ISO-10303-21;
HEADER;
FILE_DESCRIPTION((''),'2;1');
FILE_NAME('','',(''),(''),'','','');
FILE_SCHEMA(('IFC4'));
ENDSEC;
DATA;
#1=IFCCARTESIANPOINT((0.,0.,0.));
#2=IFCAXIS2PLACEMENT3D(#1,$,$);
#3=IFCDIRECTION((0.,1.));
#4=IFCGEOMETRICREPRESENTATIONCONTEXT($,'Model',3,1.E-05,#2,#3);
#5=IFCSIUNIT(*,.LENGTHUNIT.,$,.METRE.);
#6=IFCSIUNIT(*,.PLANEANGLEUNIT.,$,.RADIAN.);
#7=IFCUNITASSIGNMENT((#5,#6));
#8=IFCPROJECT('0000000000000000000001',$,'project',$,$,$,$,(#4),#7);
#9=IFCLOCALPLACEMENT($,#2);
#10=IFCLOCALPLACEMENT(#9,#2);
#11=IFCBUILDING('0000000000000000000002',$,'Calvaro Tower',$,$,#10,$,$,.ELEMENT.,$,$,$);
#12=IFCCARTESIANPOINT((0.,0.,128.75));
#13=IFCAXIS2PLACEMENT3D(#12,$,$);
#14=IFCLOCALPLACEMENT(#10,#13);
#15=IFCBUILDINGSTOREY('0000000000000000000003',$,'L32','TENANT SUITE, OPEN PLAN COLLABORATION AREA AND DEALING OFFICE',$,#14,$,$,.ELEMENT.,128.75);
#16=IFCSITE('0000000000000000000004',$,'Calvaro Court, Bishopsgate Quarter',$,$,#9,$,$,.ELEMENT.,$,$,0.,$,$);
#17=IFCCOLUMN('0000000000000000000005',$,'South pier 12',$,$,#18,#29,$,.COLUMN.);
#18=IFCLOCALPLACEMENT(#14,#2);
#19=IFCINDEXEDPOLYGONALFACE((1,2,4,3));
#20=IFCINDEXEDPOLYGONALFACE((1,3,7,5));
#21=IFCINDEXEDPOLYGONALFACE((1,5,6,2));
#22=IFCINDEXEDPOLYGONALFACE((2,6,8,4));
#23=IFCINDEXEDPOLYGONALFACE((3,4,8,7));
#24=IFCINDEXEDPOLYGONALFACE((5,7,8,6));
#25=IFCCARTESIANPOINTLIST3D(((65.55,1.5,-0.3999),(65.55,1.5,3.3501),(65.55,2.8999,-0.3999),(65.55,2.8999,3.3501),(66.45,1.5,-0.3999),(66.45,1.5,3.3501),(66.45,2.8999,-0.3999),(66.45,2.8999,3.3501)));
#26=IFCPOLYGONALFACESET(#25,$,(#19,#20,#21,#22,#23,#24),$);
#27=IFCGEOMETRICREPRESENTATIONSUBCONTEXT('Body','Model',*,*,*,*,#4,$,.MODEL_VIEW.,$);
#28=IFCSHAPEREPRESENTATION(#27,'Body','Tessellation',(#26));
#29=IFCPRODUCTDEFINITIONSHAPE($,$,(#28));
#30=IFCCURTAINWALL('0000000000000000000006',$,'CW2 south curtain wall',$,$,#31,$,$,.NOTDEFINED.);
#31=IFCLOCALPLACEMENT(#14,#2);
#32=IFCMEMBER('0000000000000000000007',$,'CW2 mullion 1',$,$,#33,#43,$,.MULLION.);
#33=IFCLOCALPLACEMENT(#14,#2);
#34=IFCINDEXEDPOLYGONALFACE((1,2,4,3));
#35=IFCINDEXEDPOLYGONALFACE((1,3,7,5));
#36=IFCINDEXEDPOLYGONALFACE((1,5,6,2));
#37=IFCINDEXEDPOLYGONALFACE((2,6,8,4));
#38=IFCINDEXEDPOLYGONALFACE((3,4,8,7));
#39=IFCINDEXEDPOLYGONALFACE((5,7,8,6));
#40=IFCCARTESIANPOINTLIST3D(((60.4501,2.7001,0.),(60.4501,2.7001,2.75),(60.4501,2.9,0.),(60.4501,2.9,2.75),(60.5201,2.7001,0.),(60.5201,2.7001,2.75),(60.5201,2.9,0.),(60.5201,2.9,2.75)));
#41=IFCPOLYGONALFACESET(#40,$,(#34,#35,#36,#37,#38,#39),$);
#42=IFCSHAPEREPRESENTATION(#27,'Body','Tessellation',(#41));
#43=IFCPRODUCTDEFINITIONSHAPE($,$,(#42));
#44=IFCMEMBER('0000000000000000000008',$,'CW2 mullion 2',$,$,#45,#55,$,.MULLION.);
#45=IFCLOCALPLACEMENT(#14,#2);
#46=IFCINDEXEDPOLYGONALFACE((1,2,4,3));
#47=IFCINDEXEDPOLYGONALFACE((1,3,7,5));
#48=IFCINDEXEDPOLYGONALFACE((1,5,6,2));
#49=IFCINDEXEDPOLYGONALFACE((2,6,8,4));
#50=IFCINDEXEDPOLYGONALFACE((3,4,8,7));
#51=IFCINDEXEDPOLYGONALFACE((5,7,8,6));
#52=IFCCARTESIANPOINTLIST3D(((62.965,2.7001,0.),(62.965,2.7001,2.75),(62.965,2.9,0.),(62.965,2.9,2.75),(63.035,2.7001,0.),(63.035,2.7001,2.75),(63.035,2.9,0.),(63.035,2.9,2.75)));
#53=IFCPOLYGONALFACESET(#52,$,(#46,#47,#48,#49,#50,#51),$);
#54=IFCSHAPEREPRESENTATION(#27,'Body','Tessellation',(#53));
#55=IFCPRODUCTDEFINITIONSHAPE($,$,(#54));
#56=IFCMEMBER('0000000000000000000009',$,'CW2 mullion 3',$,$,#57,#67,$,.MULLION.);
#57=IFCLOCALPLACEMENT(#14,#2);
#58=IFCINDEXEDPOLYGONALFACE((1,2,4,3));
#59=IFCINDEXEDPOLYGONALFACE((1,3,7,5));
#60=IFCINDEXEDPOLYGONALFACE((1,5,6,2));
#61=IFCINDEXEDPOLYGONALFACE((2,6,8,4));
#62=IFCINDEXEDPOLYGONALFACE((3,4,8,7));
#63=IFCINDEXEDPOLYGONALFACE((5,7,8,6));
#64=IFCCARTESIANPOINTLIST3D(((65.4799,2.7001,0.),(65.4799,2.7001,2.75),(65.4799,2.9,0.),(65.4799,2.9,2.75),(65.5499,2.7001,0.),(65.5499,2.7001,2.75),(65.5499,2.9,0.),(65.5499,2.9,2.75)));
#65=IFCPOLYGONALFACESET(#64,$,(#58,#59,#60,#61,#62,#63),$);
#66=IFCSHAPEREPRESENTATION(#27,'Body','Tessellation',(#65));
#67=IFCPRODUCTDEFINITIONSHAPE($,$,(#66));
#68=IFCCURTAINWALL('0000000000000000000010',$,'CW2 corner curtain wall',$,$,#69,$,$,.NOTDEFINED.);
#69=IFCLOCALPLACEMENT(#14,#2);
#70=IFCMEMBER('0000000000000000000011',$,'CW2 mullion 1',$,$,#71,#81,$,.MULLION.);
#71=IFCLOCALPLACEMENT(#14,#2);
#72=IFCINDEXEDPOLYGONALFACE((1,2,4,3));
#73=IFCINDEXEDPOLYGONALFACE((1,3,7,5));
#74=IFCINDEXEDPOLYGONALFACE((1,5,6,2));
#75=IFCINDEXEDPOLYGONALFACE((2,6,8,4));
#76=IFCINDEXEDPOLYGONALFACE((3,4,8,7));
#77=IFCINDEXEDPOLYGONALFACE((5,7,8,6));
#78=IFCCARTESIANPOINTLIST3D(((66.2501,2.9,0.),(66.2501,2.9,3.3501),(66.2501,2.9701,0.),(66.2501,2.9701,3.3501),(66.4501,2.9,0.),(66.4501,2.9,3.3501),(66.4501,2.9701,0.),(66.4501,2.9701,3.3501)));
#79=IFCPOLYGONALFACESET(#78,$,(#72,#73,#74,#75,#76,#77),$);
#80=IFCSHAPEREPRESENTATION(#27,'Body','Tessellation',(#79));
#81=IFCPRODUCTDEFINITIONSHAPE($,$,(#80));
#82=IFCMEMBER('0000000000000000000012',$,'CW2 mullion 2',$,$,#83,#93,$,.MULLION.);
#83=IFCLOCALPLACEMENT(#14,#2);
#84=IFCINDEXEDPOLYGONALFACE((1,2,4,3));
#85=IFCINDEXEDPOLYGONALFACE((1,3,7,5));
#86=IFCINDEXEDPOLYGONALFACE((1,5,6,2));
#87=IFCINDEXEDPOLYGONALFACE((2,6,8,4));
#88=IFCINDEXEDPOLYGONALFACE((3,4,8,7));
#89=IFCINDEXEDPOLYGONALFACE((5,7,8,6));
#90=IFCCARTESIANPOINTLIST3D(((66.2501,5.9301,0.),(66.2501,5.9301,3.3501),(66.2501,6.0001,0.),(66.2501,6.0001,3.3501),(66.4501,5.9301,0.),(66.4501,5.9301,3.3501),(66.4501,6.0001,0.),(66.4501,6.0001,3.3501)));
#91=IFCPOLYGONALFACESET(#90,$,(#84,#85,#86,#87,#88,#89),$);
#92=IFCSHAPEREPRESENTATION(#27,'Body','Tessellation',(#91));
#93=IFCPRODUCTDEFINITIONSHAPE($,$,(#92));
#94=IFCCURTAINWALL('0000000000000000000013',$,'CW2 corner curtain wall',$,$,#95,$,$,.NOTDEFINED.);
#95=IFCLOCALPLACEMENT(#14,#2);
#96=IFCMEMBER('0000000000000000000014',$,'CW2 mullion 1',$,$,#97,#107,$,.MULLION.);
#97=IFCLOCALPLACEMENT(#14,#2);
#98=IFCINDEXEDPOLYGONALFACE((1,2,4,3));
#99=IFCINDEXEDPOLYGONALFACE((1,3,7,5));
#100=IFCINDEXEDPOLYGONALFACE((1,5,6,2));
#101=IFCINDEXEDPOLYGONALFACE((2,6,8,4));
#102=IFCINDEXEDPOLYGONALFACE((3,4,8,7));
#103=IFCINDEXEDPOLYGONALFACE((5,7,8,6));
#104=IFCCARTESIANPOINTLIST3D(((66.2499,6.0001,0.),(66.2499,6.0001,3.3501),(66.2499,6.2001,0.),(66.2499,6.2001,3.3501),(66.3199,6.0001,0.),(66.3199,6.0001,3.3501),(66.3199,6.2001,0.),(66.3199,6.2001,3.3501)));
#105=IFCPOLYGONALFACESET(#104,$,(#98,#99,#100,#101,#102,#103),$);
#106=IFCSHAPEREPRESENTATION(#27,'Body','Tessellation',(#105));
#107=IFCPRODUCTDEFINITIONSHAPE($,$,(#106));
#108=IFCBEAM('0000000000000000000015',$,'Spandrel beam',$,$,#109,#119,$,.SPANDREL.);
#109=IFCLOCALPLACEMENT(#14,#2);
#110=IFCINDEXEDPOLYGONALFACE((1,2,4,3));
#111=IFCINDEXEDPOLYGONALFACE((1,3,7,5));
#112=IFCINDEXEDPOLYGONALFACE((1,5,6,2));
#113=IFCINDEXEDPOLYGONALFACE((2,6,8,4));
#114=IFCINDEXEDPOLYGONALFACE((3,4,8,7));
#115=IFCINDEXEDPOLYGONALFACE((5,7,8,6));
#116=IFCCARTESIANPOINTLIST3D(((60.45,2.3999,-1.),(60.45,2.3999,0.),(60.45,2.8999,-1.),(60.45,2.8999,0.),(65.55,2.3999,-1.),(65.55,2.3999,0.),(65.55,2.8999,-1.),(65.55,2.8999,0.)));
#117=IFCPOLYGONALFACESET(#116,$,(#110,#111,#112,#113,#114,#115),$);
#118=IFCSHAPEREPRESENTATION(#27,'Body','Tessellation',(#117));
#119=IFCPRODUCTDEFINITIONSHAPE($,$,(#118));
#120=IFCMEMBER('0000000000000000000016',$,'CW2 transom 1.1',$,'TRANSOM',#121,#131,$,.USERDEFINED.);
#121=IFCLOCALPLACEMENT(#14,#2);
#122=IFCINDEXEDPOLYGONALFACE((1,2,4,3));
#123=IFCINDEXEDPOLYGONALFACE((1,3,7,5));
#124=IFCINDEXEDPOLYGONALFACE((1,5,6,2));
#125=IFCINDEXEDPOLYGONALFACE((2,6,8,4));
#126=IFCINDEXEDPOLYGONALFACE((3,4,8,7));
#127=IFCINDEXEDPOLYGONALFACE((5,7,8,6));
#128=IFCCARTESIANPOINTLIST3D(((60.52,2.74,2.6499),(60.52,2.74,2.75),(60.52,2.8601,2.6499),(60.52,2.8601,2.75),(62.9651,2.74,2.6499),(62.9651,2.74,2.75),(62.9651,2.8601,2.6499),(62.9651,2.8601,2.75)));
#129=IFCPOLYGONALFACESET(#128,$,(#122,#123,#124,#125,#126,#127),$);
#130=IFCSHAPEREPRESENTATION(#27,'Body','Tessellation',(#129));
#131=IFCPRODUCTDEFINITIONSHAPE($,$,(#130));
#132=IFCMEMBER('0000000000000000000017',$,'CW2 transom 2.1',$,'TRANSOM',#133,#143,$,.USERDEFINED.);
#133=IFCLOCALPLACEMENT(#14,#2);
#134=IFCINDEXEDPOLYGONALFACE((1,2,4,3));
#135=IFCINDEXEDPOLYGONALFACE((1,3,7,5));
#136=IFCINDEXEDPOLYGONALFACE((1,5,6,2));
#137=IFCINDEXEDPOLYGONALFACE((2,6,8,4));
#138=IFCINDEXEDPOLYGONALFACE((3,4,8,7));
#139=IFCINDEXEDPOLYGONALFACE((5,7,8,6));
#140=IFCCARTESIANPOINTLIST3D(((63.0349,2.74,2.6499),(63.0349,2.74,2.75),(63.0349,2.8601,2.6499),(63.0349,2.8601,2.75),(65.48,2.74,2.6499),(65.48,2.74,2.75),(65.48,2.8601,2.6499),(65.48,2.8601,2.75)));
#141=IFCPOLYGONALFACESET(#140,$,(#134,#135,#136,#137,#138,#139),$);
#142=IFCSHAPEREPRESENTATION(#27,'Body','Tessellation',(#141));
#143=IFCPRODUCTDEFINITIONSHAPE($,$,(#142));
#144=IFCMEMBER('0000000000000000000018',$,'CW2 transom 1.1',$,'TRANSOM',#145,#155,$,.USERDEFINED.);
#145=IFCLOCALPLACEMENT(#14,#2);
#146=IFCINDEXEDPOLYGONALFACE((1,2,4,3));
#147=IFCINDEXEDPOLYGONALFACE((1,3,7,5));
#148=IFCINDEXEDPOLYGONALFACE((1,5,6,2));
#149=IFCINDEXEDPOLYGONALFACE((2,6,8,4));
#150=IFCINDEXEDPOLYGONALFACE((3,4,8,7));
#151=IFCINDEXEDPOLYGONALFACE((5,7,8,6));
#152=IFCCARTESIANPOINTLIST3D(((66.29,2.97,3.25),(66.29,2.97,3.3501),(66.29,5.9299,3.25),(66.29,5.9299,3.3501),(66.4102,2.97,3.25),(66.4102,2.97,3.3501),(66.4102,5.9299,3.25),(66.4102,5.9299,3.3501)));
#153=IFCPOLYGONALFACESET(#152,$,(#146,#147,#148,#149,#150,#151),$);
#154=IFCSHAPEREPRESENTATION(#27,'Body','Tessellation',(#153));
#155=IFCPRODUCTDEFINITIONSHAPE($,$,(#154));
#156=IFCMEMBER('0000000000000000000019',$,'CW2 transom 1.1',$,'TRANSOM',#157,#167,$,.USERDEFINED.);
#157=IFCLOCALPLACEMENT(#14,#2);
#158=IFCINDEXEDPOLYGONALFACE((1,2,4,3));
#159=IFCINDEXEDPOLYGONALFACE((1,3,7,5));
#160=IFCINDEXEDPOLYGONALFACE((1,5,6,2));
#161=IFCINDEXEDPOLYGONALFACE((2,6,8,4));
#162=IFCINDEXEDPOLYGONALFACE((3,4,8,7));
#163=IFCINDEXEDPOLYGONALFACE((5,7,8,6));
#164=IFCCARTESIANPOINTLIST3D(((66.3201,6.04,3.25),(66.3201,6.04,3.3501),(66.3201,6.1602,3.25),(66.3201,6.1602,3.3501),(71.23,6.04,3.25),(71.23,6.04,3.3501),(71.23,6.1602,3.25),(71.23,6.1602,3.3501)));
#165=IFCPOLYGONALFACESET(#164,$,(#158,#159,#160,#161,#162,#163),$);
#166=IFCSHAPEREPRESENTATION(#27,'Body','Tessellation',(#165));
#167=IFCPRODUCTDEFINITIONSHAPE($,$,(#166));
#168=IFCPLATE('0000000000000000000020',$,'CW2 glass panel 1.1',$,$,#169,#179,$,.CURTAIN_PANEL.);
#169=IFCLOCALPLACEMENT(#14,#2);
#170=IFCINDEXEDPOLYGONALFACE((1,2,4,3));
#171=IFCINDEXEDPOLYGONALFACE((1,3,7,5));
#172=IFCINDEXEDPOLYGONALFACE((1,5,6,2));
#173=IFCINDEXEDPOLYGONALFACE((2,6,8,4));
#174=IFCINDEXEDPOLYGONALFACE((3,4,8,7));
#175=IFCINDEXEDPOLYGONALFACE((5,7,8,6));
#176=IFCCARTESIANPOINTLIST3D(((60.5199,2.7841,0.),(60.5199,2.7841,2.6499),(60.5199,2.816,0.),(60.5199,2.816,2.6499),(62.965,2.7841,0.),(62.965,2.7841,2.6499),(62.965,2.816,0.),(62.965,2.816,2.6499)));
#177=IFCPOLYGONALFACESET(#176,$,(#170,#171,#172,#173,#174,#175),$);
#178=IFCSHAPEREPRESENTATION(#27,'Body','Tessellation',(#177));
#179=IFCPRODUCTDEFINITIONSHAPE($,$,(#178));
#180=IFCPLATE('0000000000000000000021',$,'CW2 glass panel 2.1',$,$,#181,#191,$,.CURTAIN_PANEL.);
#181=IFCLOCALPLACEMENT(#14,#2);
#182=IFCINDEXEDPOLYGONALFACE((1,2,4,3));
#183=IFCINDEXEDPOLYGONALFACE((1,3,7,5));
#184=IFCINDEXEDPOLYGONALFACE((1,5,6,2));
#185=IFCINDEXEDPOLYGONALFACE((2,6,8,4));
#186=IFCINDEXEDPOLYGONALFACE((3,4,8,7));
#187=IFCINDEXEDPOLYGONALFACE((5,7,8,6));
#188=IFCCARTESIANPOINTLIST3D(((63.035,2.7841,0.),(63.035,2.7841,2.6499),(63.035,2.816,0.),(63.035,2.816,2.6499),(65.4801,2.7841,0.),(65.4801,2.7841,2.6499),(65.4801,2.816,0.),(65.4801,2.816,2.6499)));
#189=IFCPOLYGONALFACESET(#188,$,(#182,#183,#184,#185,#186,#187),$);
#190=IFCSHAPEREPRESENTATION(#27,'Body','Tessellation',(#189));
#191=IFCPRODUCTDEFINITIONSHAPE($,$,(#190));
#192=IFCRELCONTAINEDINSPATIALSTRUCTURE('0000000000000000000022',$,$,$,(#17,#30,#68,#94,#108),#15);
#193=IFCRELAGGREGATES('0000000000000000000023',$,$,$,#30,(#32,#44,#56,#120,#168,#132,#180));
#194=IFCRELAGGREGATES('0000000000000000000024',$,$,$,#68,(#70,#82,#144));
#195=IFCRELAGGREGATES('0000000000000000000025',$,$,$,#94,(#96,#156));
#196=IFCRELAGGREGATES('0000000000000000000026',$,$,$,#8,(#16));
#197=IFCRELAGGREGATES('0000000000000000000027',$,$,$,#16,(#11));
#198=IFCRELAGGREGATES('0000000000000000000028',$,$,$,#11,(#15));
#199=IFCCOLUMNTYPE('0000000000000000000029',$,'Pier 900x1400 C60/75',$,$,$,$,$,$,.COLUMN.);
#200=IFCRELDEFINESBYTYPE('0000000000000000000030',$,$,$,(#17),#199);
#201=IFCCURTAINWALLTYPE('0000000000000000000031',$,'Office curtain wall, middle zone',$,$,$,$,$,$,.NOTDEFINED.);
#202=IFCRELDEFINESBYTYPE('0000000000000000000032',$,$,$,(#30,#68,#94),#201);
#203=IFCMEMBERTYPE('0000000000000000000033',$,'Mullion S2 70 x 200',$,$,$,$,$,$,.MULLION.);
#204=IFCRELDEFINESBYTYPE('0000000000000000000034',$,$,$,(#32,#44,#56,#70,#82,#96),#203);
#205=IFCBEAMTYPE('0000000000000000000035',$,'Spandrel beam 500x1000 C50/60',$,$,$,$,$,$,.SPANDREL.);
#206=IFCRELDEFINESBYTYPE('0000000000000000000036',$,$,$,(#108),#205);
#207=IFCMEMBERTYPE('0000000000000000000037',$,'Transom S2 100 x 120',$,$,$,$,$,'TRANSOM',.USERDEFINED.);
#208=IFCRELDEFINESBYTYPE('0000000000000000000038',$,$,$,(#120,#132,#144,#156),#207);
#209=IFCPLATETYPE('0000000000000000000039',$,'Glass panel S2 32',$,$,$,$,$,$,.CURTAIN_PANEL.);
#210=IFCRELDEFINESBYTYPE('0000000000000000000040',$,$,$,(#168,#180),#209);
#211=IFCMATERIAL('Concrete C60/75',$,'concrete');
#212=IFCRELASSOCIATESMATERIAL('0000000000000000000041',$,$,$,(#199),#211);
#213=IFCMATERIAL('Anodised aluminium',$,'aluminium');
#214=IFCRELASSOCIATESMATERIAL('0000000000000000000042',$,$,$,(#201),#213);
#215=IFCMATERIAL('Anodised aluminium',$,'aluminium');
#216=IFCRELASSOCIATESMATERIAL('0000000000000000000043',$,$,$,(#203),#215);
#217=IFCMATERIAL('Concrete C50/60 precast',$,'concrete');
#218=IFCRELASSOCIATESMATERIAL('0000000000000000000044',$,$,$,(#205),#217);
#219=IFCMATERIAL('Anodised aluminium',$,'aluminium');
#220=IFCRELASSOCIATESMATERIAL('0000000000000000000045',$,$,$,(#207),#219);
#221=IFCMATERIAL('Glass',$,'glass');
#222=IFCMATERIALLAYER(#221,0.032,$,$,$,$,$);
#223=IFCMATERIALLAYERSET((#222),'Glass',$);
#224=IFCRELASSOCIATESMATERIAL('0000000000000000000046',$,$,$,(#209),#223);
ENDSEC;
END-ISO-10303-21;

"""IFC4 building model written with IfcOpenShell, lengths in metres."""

from ifc_helpers import new_model, si_unit, direction, frame, origin, origin_2d, place, context, subcontext, project, spatial, rectangle, extrude, material, layer, layer_set, material_profile, profile_set, type_object, element, aggregate, save


model = new_model("IFC4")

# Units and contexts
model_context = context("Model", 3, precision=1e-05, world=origin(), true_north=direction((0.0, 1.0)))
body_context = subcontext(model_context, "Body", "Model", "MODEL_VIEW")
ifc_project = project(units=[si_unit("LENGTHUNIT", "METRE"), si_unit("PLANEANGLEUNIT", "RADIAN")], contexts=[model_context])

# Site, building, storey
site_placement = place(None, origin())
site = spatial("IfcSite", under=ifc_project, at=site_placement, Name="Calvaro Court, Bishopsgate Quarter", CompositionType="ELEMENT", RefElevation=0.0)
building_placement = place(site_placement, origin())
building = spatial("IfcBuilding", under=site, at=building_placement, Name="Calvaro Tower", CompositionType="ELEMENT")
storey_placement = place(building_placement, frame((0.0, 0.0, 128.75)))
storey = spatial("IfcBuildingStorey", under=building, at=storey_placement, Name="L32", Description="TENANT SUITE, OPEN PLAN COLLABORATION AREA AND DEALING OFFICE", CompositionType="ELEMENT", Elevation=128.75)

# Column
ifc_material_1 = material(Name="Concrete C60/75", Category="concrete")
ifc_material_profile_1 = material_profile(ifc_material_1, rectangle(XDim=0.8999, YDim=1.3999, at=origin_2d()), Name="RC 900x1400")
ifc_profile_set_1 = profile_set([ifc_material_profile_1], Name="Concrete C60/75")
column_type = type_object("IfcColumnType", Name="Pier 900x1400 C60/75", PredefinedType="COLUMN", material=ifc_profile_set_1)
column_placement = place(storey_placement, frame((66.0, 2.2, -0.3999), z_axis=(0.0, 0.0, 1.0), x_axis=(1.0, 0.0, 0.0)))
element("IfcColumn", 1, at=column_placement, inside=storey, type_object=column_type, Name="South pier 12", PredefinedType="COLUMN", context=body_context, shape_type="SweptSolid", body=[
    extrude(rectangle(XDim=0.8999, YDim=1.3999, at=origin_2d()), origin(), (0.0, 0.0, 1.0), 3.75),
])

# Curtain walls, members
ifc_material_2 = material(Name="Anodised aluminium", Category="aluminium")
curtain_wall_type = type_object("IfcCurtainWallType", Name="Office curtain wall, middle zone", PredefinedType="NOTDEFINED", material=ifc_material_2)
curtain_wall_1_placement = place(storey_placement, origin())
curtain_wall_1 = element("IfcCurtainWall", 2, at=curtain_wall_1_placement, inside=storey, type_object=curtain_wall_type, Name="CW2 south curtain wall", PredefinedType="NOTDEFINED")
ifc_material_3 = material(Name="Anodised aluminium", Category="aluminium")
ifc_material_profile_2 = material_profile(ifc_material_3, rectangle(XDim=0.2, YDim=0.0701, at=origin_2d()), Name="Mullion S2 70 x 200")
ifc_profile_set_2 = profile_set([ifc_material_profile_2], Name="Anodised aluminium")
member_type_1 = type_object("IfcMemberType", Name="Mullion S2 70 x 200", PredefinedType="MULLION", material=ifc_profile_set_2)
member_1_placement = place(storey_placement, frame((60.4851, 2.8, 0.0), z_axis=(0.0, 0.0, 1.0), x_axis=(0.0, 1.0, 0.0)))
member_1 = element("IfcMember", 3, at=member_1_placement, type_object=member_type_1, Name="CW2 mullion 1", PredefinedType="MULLION", context=body_context, shape_type="SweptSolid", body=[
    extrude(rectangle(XDim=0.2, YDim=0.0701, at=origin_2d()), origin(), (0.0, 0.0, 1.0), 2.75),
])
member_2_placement = place(storey_placement, frame((63.0, 2.8, 0.0), z_axis=(0.0, 0.0, 1.0), x_axis=(0.0, 1.0, 0.0)))
member_2 = element("IfcMember", 4, at=member_2_placement, type_object=member_type_1, Name="CW2 mullion 2", PredefinedType="MULLION", context=body_context, shape_type="SweptSolid", body=[
    extrude(rectangle(XDim=0.2, YDim=0.0701, at=origin_2d()), origin(), (0.0, 0.0, 1.0), 2.75),
])
member_3_placement = place(storey_placement, frame((65.5149, 2.8, 0.0), z_axis=(0.0, 0.0, 1.0), x_axis=(0.0, 1.0, 0.0)))
member_3 = element("IfcMember", 5, at=member_3_placement, type_object=member_type_1, Name="CW2 mullion 3", PredefinedType="MULLION", context=body_context, shape_type="SweptSolid", body=[
    extrude(rectangle(XDim=0.2, YDim=0.0701, at=origin_2d()), origin(), (0.0, 0.0, 1.0), 2.75),
])
curtain_wall_2_placement = place(storey_placement, origin())
curtain_wall_2 = element("IfcCurtainWall", 6, at=curtain_wall_2_placement, inside=storey, type_object=curtain_wall_type, Name="CW2 corner curtain wall", PredefinedType="NOTDEFINED")
member_4_placement = place(storey_placement, frame((66.3501, 2.9351, 0.0), z_axis=(0.0, 0.0, 1.0), x_axis=(-1.0, 0.0, 0.0)))
member_4 = element("IfcMember", 7, at=member_4_placement, type_object=member_type_1, Name="CW2 mullion 1", PredefinedType="MULLION", context=body_context, shape_type="SweptSolid", body=[
    extrude(rectangle(XDim=0.2, YDim=0.0701, at=origin_2d()), origin(), (0.0, 0.0, 1.0), 3.3501),
])
member_5_placement = place(storey_placement, frame((66.3501, 5.9651, 0.0), z_axis=(0.0, 0.0, 1.0), x_axis=(-1.0, 0.0, 0.0)))
member_5 = element("IfcMember", 8, at=member_5_placement, type_object=member_type_1, Name="CW2 mullion 2", PredefinedType="MULLION", context=body_context, shape_type="SweptSolid", body=[
    extrude(rectangle(XDim=0.2, YDim=0.0701, at=origin_2d()), origin(), (0.0, 0.0, 1.0), 3.3501),
])

# Curtain wall, member
curtain_wall_3_placement = place(storey_placement, origin())
curtain_wall_3 = element("IfcCurtainWall", 9, at=curtain_wall_3_placement, inside=storey, type_object=curtain_wall_type, Name="CW2 corner curtain wall", PredefinedType="NOTDEFINED")
member_6_placement = place(storey_placement, frame((66.2849, 6.1001, 0.0), z_axis=(0.0, 0.0, 1.0), x_axis=(0.0, 1.0, 0.0)))
member_6 = element("IfcMember", 10, at=member_6_placement, type_object=member_type_1, Name="CW2 mullion 1", PredefinedType="MULLION", context=body_context, shape_type="SweptSolid", body=[
    extrude(rectangle(XDim=0.2, YDim=0.0701, at=origin_2d()), origin(), (0.0, 0.0, 1.0), 3.3501),
])

# Beam
ifc_material_4 = material(Name="Concrete C50/60 precast", Category="concrete")
ifc_material_profile_3 = material_profile(ifc_material_4, rectangle(XDim=0.5, YDim=1.0, at=origin_2d()), Name="RC 500x1000")
ifc_profile_set_3 = profile_set([ifc_material_profile_3], Name="Concrete C50/60 precast")
beam_type = type_object("IfcBeamType", Name="Spandrel beam 500x1000 C50/60", PredefinedType="SPANDREL", material=ifc_profile_set_3)
beam_placement = place(storey_placement, frame((60.45, 2.6499, -0.5), z_axis=(1.0, 0.0, 0.0), x_axis=(0.0, 1.0, 0.0)))
element("IfcBeam", 11, at=beam_placement, inside=storey, type_object=beam_type, Name="Spandrel beam", PredefinedType="SPANDREL", context=body_context, shape_type="SweptSolid", body=[
    extrude(rectangle(XDim=0.5, YDim=1.0, at=origin_2d()), origin(), (0.0, 0.0, 1.0), 5.1001),
])

# Members
ifc_material_5 = material(Name="Anodised aluminium", Category="aluminium")
ifc_material_profile_4 = material_profile(ifc_material_5, rectangle(XDim=0.1201, YDim=0.1001, at=origin_2d()), Name="Transom S2 100 x 120")
ifc_profile_set_4 = profile_set([ifc_material_profile_4], Name="Anodised aluminium")
member_type_2 = type_object("IfcMemberType", Name="Transom S2 100 x 120", ElementType="TRANSOM", PredefinedType="USERDEFINED", material=ifc_profile_set_4)
member_7_placement = place(storey_placement, frame((60.52, 2.8, 2.7), z_axis=(1.0, 0.0, 0.0), x_axis=(0.0, 1.0, 0.0)))
member_7 = element("IfcMember", 12, at=member_7_placement, type_object=member_type_2, Name="CW2 transom 1.1", ObjectType="TRANSOM", PredefinedType="USERDEFINED", context=body_context, shape_type="SweptSolid", body=[
    extrude(rectangle(XDim=0.1201, YDim=0.1001, at=origin_2d()), origin(), (0.0, 0.0, 1.0), 2.4451),
])
member_8_placement = place(storey_placement, frame((63.0349, 2.8, 2.7), z_axis=(1.0, 0.0, 0.0), x_axis=(0.0, 1.0, 0.0)))
member_8 = element("IfcMember", 13, at=member_8_placement, type_object=member_type_2, Name="CW2 transom 2.1", ObjectType="TRANSOM", PredefinedType="USERDEFINED", context=body_context, shape_type="SweptSolid", body=[
    extrude(rectangle(XDim=0.1201, YDim=0.1001, at=origin_2d()), origin(), (0.0, 0.0, 1.0), 2.4451),
])
member_9_placement = place(storey_placement, frame((66.3501, 2.97, 3.3), z_axis=(0.0, 1.0, 0.0), x_axis=(-1.0, 0.0, 0.0)))
member_9 = element("IfcMember", 14, at=member_9_placement, type_object=member_type_2, Name="CW2 transom 1.1", ObjectType="TRANSOM", PredefinedType="USERDEFINED", context=body_context, shape_type="SweptSolid", body=[
    extrude(rectangle(XDim=0.1201, YDim=0.1001, at=origin_2d()), origin(), (0.0, 0.0, 1.0), 2.96),
])
member_10_placement = place(storey_placement, frame((66.3201, 6.1001, 3.3), z_axis=(1.0, 0.0, 0.0), x_axis=(0.0, 1.0, 0.0)))
member_10 = element("IfcMember", 15, at=member_10_placement, type_object=member_type_2, Name="CW2 transom 1.1", ObjectType="TRANSOM", PredefinedType="USERDEFINED", context=body_context, shape_type="SweptSolid", body=[
    extrude(rectangle(XDim=0.1201, YDim=0.1001, at=origin_2d()), origin(), (0.0, 0.0, 1.0), 4.9099),
])

# Plates
ifc_material_6 = material(Name="Glass", Category="glass")
ifc_layer_1 = layer(ifc_material_6, 0.032)
ifc_layer_set_1 = layer_set([ifc_layer_1], Name="Glass")
plate_type = type_object("IfcPlateType", Name="Glass panel S2 32", PredefinedType="CURTAIN_PANEL", material=ifc_layer_set_1)
plate_1_placement = place(storey_placement, frame((61.7424, 2.8, 0.0), z_axis=(0.0, 0.0, 1.0), x_axis=(1.0, 0.0, 0.0)))
plate_1 = element("IfcPlate", 16, at=plate_1_placement, type_object=plate_type, Name="CW2 glass panel 1.1", PredefinedType="CURTAIN_PANEL", context=body_context, shape_type="SweptSolid", body=[
    extrude(rectangle(XDim=2.4451, YDim=0.032, at=origin_2d()), origin(), (0.0, 0.0, 1.0), 2.6499),
])
plate_2_placement = place(storey_placement, frame((64.2576, 2.8, 0.0), z_axis=(0.0, 0.0, 1.0), x_axis=(1.0, 0.0, 0.0)))
plate_2 = element("IfcPlate", 17, at=plate_2_placement, type_object=plate_type, Name="CW2 glass panel 2.1", PredefinedType="CURTAIN_PANEL", context=body_context, shape_type="SweptSolid", body=[
    extrude(rectangle(XDim=2.4451, YDim=0.032, at=origin_2d()), origin(), (0.0, 0.0, 1.0), 2.6499),
])
aggregate(curtain_wall_1, [member_1, member_2, member_3, member_7, plate_1, member_8, plate_2])
aggregate(curtain_wall_2, [member_4, member_5, member_9])
aggregate(curtain_wall_3, [member_6, member_10])

save(model, "model.ifc")
